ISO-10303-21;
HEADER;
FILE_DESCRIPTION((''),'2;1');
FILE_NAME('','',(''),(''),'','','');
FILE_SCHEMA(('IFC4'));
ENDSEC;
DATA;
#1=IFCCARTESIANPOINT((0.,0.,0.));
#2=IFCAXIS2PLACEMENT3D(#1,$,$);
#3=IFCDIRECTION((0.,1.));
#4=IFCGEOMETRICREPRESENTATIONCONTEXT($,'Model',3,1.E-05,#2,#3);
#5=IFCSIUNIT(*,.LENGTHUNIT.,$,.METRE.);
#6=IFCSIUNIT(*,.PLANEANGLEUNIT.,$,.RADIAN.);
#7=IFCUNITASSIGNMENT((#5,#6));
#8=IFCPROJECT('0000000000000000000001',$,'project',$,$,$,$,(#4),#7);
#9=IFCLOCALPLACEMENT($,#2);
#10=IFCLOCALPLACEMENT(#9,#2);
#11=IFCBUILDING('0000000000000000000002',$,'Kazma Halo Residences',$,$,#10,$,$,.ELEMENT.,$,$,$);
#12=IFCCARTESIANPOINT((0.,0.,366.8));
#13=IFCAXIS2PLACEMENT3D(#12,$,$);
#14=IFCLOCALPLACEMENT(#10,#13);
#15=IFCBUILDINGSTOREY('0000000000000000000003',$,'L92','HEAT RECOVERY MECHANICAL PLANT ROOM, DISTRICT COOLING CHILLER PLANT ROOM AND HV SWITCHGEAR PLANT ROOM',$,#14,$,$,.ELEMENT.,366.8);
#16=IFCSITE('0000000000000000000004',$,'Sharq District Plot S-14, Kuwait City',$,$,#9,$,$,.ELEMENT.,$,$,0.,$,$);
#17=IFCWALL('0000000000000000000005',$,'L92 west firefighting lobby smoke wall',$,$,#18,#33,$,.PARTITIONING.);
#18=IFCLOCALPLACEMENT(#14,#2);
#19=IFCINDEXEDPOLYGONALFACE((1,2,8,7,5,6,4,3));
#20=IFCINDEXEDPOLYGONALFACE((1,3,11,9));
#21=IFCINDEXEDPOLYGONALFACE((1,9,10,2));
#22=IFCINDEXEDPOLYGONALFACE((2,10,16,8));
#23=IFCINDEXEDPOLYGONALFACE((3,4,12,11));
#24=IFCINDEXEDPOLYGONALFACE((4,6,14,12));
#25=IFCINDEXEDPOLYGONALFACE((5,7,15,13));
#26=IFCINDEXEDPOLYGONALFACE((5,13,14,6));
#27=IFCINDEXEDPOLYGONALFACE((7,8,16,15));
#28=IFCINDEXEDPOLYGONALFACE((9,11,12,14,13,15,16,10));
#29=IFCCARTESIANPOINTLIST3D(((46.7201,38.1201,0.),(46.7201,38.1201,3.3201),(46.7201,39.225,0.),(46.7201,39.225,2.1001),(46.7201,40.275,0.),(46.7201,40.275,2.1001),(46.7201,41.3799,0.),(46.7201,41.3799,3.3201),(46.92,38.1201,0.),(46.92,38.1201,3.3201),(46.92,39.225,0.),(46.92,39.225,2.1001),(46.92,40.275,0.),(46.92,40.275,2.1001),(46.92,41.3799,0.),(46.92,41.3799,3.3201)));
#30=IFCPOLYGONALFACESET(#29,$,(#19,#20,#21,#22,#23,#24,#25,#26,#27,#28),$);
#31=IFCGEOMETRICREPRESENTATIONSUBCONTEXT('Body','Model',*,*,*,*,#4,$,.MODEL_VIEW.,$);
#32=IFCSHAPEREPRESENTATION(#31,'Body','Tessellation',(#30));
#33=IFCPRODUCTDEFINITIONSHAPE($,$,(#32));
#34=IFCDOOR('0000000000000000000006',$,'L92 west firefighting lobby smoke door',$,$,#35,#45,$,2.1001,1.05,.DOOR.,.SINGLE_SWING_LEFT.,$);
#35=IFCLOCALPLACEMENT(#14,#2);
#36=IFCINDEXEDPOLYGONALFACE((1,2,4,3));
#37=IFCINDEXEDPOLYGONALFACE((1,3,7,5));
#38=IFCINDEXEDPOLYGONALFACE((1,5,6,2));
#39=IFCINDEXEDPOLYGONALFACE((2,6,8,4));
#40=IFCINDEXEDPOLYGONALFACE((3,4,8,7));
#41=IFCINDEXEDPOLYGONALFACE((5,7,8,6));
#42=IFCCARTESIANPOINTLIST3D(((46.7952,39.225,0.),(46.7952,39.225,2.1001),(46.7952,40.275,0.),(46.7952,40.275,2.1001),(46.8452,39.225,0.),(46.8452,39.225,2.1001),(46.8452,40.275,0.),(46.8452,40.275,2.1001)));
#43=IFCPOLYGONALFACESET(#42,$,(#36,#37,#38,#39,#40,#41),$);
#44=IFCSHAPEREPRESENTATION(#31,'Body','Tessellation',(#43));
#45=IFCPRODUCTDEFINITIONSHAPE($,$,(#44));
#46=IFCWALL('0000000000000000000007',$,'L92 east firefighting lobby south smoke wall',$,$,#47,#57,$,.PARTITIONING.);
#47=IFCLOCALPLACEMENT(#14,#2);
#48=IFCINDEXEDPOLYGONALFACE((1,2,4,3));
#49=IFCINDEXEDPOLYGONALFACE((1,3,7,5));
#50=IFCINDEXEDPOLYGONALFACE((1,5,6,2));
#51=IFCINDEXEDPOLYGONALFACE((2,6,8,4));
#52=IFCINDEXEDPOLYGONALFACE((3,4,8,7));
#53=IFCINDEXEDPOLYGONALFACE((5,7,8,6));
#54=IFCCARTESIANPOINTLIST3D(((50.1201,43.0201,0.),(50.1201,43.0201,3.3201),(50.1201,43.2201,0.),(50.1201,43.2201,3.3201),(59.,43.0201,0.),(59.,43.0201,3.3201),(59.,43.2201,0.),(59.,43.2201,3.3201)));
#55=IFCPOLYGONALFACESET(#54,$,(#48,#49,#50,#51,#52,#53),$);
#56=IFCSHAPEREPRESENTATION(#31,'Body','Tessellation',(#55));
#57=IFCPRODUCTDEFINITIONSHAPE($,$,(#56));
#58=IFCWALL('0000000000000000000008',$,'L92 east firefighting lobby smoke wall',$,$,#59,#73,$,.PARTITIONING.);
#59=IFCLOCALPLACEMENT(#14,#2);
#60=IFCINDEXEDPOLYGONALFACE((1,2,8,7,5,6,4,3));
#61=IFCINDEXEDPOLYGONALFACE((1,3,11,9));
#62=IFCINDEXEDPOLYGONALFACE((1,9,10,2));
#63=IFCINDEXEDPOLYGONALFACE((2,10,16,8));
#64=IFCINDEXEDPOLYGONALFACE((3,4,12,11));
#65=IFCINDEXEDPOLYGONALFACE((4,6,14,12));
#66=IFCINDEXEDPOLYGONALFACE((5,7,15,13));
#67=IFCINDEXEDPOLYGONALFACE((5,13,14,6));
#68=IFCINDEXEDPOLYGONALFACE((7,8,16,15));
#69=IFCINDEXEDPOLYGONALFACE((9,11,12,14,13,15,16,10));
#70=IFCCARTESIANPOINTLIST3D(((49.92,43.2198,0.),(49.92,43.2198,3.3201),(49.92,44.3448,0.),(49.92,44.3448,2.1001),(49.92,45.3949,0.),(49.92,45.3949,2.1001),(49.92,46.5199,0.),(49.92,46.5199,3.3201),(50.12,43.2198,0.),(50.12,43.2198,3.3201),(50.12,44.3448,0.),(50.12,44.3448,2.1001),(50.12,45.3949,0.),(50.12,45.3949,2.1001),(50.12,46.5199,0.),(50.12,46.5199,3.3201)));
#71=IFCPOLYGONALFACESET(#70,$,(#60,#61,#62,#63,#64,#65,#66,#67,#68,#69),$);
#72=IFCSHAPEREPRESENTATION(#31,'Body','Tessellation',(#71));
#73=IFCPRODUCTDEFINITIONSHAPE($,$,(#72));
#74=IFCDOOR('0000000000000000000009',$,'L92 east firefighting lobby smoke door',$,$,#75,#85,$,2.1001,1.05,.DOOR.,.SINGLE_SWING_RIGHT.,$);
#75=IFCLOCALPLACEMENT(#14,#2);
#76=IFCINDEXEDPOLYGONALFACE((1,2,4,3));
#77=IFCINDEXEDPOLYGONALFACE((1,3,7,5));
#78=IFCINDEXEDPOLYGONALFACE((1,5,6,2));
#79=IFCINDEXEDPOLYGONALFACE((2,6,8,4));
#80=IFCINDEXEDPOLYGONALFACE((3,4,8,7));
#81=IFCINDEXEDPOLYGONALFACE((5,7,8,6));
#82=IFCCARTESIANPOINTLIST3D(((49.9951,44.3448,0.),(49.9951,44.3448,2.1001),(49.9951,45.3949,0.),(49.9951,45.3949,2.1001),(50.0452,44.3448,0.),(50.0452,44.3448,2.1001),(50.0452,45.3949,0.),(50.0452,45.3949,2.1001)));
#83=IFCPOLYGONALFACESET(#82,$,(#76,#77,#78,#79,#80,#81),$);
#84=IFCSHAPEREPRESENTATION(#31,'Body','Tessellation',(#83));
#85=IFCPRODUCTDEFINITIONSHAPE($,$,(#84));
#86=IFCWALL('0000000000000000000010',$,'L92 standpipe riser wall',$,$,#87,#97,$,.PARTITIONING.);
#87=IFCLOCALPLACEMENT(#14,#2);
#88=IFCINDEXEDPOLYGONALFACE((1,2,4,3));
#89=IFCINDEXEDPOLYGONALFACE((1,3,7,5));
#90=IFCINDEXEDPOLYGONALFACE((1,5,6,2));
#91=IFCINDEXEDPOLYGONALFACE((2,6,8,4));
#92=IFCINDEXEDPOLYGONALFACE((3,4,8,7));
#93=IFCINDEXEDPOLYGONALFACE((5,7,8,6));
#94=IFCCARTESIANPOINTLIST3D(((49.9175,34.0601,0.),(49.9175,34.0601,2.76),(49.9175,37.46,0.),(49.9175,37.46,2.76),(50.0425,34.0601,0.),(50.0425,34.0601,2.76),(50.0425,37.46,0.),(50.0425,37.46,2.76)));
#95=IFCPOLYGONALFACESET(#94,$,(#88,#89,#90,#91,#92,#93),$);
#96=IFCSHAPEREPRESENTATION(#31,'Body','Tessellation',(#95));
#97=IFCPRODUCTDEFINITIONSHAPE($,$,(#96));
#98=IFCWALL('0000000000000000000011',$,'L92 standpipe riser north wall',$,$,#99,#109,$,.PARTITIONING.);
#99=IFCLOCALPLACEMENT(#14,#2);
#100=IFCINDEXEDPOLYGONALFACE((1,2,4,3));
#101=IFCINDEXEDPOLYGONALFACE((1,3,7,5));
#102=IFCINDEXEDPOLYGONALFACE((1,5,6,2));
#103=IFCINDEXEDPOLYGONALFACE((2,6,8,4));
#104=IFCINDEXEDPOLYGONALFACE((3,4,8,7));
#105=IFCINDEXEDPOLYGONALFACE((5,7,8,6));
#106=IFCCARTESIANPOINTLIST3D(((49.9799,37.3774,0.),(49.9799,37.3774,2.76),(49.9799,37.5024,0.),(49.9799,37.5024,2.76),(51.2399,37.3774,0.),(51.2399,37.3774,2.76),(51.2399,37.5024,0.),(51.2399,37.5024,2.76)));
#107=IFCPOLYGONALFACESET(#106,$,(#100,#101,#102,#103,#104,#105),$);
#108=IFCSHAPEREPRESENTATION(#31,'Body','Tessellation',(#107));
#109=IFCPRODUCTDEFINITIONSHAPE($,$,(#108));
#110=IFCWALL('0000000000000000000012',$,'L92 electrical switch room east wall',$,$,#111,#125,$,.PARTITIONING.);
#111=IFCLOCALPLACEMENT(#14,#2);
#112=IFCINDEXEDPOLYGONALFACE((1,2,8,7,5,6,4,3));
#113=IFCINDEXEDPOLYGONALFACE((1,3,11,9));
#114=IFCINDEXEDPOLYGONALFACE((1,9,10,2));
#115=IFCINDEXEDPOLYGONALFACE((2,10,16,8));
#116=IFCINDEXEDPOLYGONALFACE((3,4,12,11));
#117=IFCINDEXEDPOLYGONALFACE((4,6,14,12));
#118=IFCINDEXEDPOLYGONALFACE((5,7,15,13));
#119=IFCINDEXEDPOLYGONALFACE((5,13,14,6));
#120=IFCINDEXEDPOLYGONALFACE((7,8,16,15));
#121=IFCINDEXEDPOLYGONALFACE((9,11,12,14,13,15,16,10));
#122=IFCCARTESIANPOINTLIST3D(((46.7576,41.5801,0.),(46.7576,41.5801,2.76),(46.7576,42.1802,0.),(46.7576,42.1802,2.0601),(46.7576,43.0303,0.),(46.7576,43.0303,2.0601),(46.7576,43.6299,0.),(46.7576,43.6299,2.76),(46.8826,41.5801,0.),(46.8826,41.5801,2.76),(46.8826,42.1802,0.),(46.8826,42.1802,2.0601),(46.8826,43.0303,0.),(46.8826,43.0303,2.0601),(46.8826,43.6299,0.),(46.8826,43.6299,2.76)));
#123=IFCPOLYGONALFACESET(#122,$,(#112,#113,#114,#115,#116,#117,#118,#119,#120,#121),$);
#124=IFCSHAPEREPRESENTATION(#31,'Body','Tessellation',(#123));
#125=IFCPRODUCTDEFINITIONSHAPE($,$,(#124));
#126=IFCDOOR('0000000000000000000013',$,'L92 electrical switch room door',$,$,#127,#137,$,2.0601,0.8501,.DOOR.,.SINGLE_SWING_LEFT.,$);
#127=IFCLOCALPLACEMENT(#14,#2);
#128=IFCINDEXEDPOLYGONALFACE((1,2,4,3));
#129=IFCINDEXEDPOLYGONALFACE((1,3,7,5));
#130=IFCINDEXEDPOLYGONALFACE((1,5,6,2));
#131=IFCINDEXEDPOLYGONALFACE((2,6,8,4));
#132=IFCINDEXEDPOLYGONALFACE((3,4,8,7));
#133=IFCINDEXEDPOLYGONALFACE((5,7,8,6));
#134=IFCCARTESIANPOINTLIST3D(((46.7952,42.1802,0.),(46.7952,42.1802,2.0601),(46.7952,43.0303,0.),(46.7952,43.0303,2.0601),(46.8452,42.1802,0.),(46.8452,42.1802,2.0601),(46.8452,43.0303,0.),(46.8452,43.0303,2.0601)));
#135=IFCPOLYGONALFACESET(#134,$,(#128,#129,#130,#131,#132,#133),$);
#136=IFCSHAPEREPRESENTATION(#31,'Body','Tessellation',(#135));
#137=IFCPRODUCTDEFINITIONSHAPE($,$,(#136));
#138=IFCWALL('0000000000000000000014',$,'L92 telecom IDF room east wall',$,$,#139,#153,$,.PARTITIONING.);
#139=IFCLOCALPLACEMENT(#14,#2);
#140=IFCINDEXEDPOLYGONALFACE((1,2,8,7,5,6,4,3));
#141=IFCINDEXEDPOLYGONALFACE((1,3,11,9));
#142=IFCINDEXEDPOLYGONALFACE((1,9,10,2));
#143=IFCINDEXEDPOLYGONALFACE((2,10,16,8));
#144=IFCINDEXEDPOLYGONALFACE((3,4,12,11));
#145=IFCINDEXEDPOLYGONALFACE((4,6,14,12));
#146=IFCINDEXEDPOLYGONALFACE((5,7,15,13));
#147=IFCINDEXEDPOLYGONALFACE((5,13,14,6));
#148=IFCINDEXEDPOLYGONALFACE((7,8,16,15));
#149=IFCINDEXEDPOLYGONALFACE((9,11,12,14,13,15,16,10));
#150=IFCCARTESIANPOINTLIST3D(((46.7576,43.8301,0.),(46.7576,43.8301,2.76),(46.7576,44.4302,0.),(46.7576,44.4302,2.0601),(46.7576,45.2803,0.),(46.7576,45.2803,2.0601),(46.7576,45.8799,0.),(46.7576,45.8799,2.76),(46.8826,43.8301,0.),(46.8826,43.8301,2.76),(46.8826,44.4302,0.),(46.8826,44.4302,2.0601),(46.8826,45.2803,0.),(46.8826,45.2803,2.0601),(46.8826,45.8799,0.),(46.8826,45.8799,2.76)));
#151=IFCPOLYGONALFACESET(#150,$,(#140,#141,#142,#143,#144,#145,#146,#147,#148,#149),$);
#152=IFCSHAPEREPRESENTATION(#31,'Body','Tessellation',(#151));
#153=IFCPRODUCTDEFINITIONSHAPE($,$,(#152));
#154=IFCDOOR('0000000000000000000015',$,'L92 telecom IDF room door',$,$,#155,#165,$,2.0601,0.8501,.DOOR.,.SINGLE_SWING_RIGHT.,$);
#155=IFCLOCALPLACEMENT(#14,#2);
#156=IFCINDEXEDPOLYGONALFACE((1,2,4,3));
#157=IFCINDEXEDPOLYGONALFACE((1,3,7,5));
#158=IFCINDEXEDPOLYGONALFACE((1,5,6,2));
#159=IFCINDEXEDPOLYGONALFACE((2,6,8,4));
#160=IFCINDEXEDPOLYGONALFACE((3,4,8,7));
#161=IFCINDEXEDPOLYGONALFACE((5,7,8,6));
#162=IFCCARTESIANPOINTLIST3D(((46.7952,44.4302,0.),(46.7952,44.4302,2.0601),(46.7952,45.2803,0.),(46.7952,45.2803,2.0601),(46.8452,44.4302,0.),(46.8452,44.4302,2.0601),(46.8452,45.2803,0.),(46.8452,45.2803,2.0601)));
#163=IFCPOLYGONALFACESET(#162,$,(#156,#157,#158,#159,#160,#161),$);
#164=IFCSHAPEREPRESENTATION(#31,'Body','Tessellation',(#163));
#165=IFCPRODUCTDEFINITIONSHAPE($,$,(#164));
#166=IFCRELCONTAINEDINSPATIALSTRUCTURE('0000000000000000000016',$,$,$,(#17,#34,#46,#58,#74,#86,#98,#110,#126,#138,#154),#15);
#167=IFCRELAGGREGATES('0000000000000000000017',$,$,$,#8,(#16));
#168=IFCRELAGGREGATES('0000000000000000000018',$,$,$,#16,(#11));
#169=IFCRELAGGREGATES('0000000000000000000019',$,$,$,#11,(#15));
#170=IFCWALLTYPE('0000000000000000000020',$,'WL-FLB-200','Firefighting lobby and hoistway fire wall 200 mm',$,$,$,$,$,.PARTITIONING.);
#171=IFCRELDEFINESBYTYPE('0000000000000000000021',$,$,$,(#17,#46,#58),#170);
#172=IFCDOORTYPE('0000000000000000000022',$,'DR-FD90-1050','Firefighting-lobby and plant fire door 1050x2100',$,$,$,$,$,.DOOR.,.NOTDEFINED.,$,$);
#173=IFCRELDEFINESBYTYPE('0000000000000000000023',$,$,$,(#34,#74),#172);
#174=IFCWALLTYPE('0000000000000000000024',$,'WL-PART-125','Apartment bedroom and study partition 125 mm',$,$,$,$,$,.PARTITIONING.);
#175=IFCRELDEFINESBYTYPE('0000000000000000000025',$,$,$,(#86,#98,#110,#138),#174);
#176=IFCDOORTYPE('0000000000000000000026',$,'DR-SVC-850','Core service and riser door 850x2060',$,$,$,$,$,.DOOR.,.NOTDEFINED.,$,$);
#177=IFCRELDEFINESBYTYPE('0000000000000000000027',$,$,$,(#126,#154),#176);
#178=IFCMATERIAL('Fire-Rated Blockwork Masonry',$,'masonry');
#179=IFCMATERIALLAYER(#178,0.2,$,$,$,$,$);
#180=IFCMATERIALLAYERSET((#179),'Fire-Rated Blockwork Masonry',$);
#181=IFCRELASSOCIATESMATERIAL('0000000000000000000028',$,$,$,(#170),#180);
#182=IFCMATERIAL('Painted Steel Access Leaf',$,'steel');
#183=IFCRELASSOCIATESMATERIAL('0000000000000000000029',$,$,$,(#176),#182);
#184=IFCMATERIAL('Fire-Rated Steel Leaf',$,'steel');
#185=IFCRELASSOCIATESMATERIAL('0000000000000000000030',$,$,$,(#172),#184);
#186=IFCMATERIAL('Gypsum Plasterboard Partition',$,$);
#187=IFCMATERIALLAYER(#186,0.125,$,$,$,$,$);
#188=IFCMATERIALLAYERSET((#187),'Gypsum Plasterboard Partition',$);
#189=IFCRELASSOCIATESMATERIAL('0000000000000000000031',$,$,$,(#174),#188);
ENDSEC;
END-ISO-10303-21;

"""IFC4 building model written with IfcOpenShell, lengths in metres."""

from ifc_helpers import new_model, si_unit, direction, frame, frame_2d, origin, place, context, subcontext, project, spatial, rectangle, extrude, material, layer, layer_set, type_object, element, fill, save


model = new_model("IFC4")

# Units and contexts
model_context = context("Model", 3, precision=1e-05, world=origin(), true_north=direction((0.0, 1.0)))
body_context = subcontext(model_context, "Body", "Model", "MODEL_VIEW")
ifc_project = project(units=[si_unit("LENGTHUNIT", "METRE"), si_unit("PLANEANGLEUNIT", "RADIAN")], contexts=[model_context])

# Site, building, storey
site_placement = place(None, origin())
site = spatial("IfcSite", under=ifc_project, at=site_placement, Name="Sharq District Plot S-14, Kuwait City", CompositionType="ELEMENT", RefElevation=0.0)
building_placement = place(site_placement, origin())
building = spatial("IfcBuilding", under=site, at=building_placement, Name="Kazma Halo Residences", CompositionType="ELEMENT")
storey_placement = place(building_placement, frame((0.0, 0.0, 366.8)))
storey = spatial("IfcBuildingStorey", under=building, at=storey_placement, Name="L92", Description="HEAT RECOVERY MECHANICAL PLANT ROOM, DISTRICT COOLING CHILLER PLANT ROOM AND HV SWITCHGEAR PLANT ROOM", CompositionType="ELEMENT", Elevation=366.8)

# Shared definitions
ifc_material_1 = material(Name="Fire-Rated Blockwork Masonry", Category="masonry")
ifc_layer_1 = layer(ifc_material_1, 0.2)
ifc_layer_set_1 = layer_set([ifc_layer_1], Name="Fire-Rated Blockwork Masonry")
wall_type_1 = type_object("IfcWallType", Name="WL-FLB-200", Description="Firefighting lobby and hoistway fire wall 200 mm", PredefinedType="PARTITIONING", material=ifc_layer_set_1)
ifc_material_2 = material(Name="Painted Steel Access Leaf", Category="steel")
door_type_1 = type_object("IfcDoorType", Name="DR-SVC-850", Description="Core service and riser door 850x2060", OperationType="NOTDEFINED", PredefinedType="DOOR", material=ifc_material_2)

# Wall, opening, door
wall_1_placement = place(storey_placement, frame((46.8201, 38.1201, 0.0), z_axis=(0.0, 0.0, 1.0), x_axis=(0.0, 1.0, 0.0)))
wall_1 = element("IfcWall", 1, at=wall_1_placement, inside=storey, type_object=wall_type_1, Name="L92 west firefighting lobby smoke wall", PredefinedType="PARTITIONING", context=body_context, shape_type="SweptSolid", body=[
    extrude(rectangle(XDim=3.2598, YDim=0.2, at=frame_2d((1.6299, 0.0))), origin(), (0.0, 0.0, 1.0), 3.3201),
])
opening_1_placement = place(wall_1_placement, frame((1.105, 0.0, 0.0)))
opening_1 = element("IfcOpeningElement", 2, at=opening_1_placement, cuts=wall_1, PredefinedType="OPENING", context=body_context, shape_type="SweptSolid", body=[
    extrude(rectangle(XDim=1.05, YDim=2.1001, at=frame_2d((0.5249, 1.05))), frame((0.0, 0.1099, 0.0), z_axis=(0.0, -1.0, 0.0), x_axis=(1.0, 0.0, 0.0)), (0.0, 0.0, 1.0), 0.22),
])
ifc_material_3 = material(Name="Fire-Rated Steel Leaf", Category="steel")
door_type_2 = type_object("IfcDoorType", Name="DR-FD90-1050", Description="Firefighting-lobby and plant fire door 1050x2100", OperationType="NOTDEFINED", PredefinedType="DOOR", material=ifc_material_3)
door_1_placement = place(opening_1_placement, origin())
door_1 = element("IfcDoor", 3, at=door_1_placement, inside=storey, type_object=door_type_2, Name="L92 west firefighting lobby smoke door", OperationType="SINGLE_SWING_LEFT", OverallHeight=2.1001, OverallWidth=1.05, PredefinedType="DOOR", context=body_context, shape_type="SweptSolid", body=[
    extrude(rectangle(XDim=1.05, YDim=2.1001, at=frame_2d((0.5249, 1.05))), frame((0.0, 0.0249, 0.0), z_axis=(0.0, -1.0, 0.0), x_axis=(1.0, 0.0, 0.0)), (0.0, 0.0, 1.0), 0.05),
])
fill(opening_1, door_1)

# Wall
wall_2_placement = place(storey_placement, frame((50.1201, 43.1201, 0.0), z_axis=(0.0, 0.0, 1.0), x_axis=(1.0, 0.0, 0.0)))
element("IfcWall", 4, at=wall_2_placement, inside=storey, type_object=wall_type_1, Name="L92 east firefighting lobby south smoke wall", PredefinedType="PARTITIONING", context=body_context, shape_type="SweptSolid", body=[
    extrude(rectangle(XDim=8.8799, YDim=0.2, at=frame_2d((4.4399, 0.0))), origin(), (0.0, 0.0, 1.0), 3.3201),
])

# Wall, opening, door
wall_3_placement = place(storey_placement, frame((50.02, 43.22, 0.0), z_axis=(0.0, 0.0, 1.0), x_axis=(0.0, 1.0, 0.0)))
wall_3 = element("IfcWall", 5, at=wall_3_placement, inside=storey, type_object=wall_type_1, Name="L92 east firefighting lobby smoke wall", PredefinedType="PARTITIONING", context=body_context, shape_type="SweptSolid", body=[
    extrude(rectangle(XDim=3.3, YDim=0.2, at=frame_2d((1.6499, 0.0))), origin(), (0.0, 0.0, 1.0), 3.3201),
])
opening_2_placement = place(wall_3_placement, frame((1.125, 0.0, 0.0)))
opening_2 = element("IfcOpeningElement", 6, at=opening_2_placement, cuts=wall_3, PredefinedType="OPENING", context=body_context, shape_type="SweptSolid", body=[
    extrude(rectangle(XDim=1.05, YDim=2.1001, at=frame_2d((0.5249, 1.05))), frame((0.0, 0.1099, 0.0), z_axis=(0.0, -1.0, 0.0), x_axis=(1.0, 0.0, 0.0)), (0.0, 0.0, 1.0), 0.22),
])
door_2_placement = place(opening_2_placement, origin())
door_2 = element("IfcDoor", 7, at=door_2_placement, inside=storey, type_object=door_type_2, Name="L92 east firefighting lobby smoke door", OperationType="SINGLE_SWING_RIGHT", OverallHeight=2.1001, OverallWidth=1.05, PredefinedType="DOOR", context=body_context, shape_type="SweptSolid", body=[
    extrude(rectangle(XDim=1.05, YDim=2.1001, at=frame_2d((0.5249, 1.05))), frame((0.0, 0.0249, 0.0), z_axis=(0.0, -1.0, 0.0), x_axis=(1.0, 0.0, 0.0)), (0.0, 0.0, 1.0), 0.05),
])
fill(opening_2, door_2)

# Walls
ifc_material_4 = material(Name="Gypsum Plasterboard Partition")
ifc_layer_2 = layer(ifc_material_4, 0.125)
ifc_layer_set_2 = layer_set([ifc_layer_2], Name="Gypsum Plasterboard Partition")
wall_type_2 = type_object("IfcWallType", Name="WL-PART-125", Description="Apartment bedroom and study partition 125 mm", PredefinedType="PARTITIONING", material=ifc_layer_set_2)
wall_4_placement = place(storey_placement, frame((49.98, 34.0601, 0.0), z_axis=(0.0, 0.0, 1.0), x_axis=(0.0, 1.0, 0.0)))
element("IfcWall", 8, at=wall_4_placement, inside=storey, type_object=wall_type_2, Name="L92 standpipe riser wall", PredefinedType="PARTITIONING", context=body_context, shape_type="SweptSolid", body=[
    extrude(rectangle(XDim=3.3999, YDim=0.125, at=frame_2d((1.7, 0.0))), origin(), (0.0, 0.0, 1.0), 2.76),
])
wall_5_placement = place(storey_placement, frame((49.98, 37.4399, 0.0), z_axis=(0.0, 0.0, 1.0), x_axis=(1.0, 0.0, 0.0)))
element("IfcWall", 9, at=wall_5_placement, inside=storey, type_object=wall_type_2, Name="L92 standpipe riser north wall", PredefinedType="PARTITIONING", context=body_context, shape_type="SweptSolid", body=[
    extrude(rectangle(XDim=1.26, YDim=0.125, at=frame_2d((0.6299, 0.0))), origin(), (0.0, 0.0, 1.0), 2.76),
])

# Walls, openings, doors
wall_6_placement = place(storey_placement, frame((46.8201, 41.5801, 0.0), z_axis=(0.0, 0.0, 1.0), x_axis=(0.0, 1.0, 0.0)))
wall_6 = element("IfcWall", 10, at=wall_6_placement, inside=storey, type_object=wall_type_2, Name="L92 electrical switch room east wall", PredefinedType="PARTITIONING", context=body_context, shape_type="SweptSolid", body=[
    extrude(rectangle(XDim=2.0498, YDim=0.125, at=frame_2d((1.0249, 0.0))), origin(), (0.0, 0.0, 1.0), 2.76),
])
opening_3_placement = place(wall_6_placement, frame((0.6001, 0.0, 0.0)))
opening_3 = element("IfcOpeningElement", 11, at=opening_3_placement, cuts=wall_6, PredefinedType="OPENING", context=body_context, shape_type="SweptSolid", body=[
    extrude(rectangle(XDim=0.8501, YDim=2.0601, at=frame_2d((0.425, 1.03))), frame((0.0, 0.0725, 0.0), z_axis=(0.0, -1.0, 0.0), x_axis=(1.0, 0.0, 0.0)), (0.0, 0.0, 1.0), 0.145),
])
door_3_placement = place(opening_3_placement, origin())
door_3 = element("IfcDoor", 12, at=door_3_placement, inside=storey, type_object=door_type_1, Name="L92 electrical switch room door", OperationType="SINGLE_SWING_LEFT", OverallHeight=2.0601, OverallWidth=0.8501, PredefinedType="DOOR", context=body_context, shape_type="SweptSolid", body=[
    extrude(rectangle(XDim=0.8501, YDim=2.0601, at=frame_2d((0.425, 1.03))), frame((0.0, 0.0249, 0.0), z_axis=(0.0, -1.0, 0.0), x_axis=(1.0, 0.0, 0.0)), (0.0, 0.0, 1.0), 0.05),
])
fill(opening_3, door_3)
wall_7_placement = place(storey_placement, frame((46.8201, 43.8301, 0.0), z_axis=(0.0, 0.0, 1.0), x_axis=(0.0, 1.0, 0.0)))
wall_7 = element("IfcWall", 13, at=wall_7_placement, inside=storey, type_object=wall_type_2, Name="L92 telecom IDF room east wall", PredefinedType="PARTITIONING", context=body_context, shape_type="SweptSolid", body=[
    extrude(rectangle(XDim=2.0498, YDim=0.125, at=frame_2d((1.0249, 0.0))), origin(), (0.0, 0.0, 1.0), 2.76),
])
opening_4_placement = place(wall_7_placement, frame((0.6001, 0.0, 0.0)))
opening_4 = element("IfcOpeningElement", 14, at=opening_4_placement, cuts=wall_7, PredefinedType="OPENING", context=body_context, shape_type="SweptSolid", body=[
    extrude(rectangle(XDim=0.8501, YDim=2.0601, at=frame_2d((0.425, 1.03))), frame((0.0, 0.0725, 0.0), z_axis=(0.0, -1.0, 0.0), x_axis=(1.0, 0.0, 0.0)), (0.0, 0.0, 1.0), 0.145),
])
door_4_placement = place(opening_4_placement, origin())
door_4 = element("IfcDoor", 15, at=door_4_placement, inside=storey, type_object=door_type_1, Name="L92 telecom IDF room door", OperationType="SINGLE_SWING_RIGHT", OverallHeight=2.0601, OverallWidth=0.8501, PredefinedType="DOOR", context=body_context, shape_type="SweptSolid", body=[
    extrude(rectangle(XDim=0.8501, YDim=2.0601, at=frame_2d((0.425, 1.03))), frame((0.0, 0.0249, 0.0), z_axis=(0.0, -1.0, 0.0), x_axis=(1.0, 0.0, 0.0)), (0.0, 0.0, 1.0), 0.05),
])
fill(opening_4, door_4)

save(model, "model.ifc")
